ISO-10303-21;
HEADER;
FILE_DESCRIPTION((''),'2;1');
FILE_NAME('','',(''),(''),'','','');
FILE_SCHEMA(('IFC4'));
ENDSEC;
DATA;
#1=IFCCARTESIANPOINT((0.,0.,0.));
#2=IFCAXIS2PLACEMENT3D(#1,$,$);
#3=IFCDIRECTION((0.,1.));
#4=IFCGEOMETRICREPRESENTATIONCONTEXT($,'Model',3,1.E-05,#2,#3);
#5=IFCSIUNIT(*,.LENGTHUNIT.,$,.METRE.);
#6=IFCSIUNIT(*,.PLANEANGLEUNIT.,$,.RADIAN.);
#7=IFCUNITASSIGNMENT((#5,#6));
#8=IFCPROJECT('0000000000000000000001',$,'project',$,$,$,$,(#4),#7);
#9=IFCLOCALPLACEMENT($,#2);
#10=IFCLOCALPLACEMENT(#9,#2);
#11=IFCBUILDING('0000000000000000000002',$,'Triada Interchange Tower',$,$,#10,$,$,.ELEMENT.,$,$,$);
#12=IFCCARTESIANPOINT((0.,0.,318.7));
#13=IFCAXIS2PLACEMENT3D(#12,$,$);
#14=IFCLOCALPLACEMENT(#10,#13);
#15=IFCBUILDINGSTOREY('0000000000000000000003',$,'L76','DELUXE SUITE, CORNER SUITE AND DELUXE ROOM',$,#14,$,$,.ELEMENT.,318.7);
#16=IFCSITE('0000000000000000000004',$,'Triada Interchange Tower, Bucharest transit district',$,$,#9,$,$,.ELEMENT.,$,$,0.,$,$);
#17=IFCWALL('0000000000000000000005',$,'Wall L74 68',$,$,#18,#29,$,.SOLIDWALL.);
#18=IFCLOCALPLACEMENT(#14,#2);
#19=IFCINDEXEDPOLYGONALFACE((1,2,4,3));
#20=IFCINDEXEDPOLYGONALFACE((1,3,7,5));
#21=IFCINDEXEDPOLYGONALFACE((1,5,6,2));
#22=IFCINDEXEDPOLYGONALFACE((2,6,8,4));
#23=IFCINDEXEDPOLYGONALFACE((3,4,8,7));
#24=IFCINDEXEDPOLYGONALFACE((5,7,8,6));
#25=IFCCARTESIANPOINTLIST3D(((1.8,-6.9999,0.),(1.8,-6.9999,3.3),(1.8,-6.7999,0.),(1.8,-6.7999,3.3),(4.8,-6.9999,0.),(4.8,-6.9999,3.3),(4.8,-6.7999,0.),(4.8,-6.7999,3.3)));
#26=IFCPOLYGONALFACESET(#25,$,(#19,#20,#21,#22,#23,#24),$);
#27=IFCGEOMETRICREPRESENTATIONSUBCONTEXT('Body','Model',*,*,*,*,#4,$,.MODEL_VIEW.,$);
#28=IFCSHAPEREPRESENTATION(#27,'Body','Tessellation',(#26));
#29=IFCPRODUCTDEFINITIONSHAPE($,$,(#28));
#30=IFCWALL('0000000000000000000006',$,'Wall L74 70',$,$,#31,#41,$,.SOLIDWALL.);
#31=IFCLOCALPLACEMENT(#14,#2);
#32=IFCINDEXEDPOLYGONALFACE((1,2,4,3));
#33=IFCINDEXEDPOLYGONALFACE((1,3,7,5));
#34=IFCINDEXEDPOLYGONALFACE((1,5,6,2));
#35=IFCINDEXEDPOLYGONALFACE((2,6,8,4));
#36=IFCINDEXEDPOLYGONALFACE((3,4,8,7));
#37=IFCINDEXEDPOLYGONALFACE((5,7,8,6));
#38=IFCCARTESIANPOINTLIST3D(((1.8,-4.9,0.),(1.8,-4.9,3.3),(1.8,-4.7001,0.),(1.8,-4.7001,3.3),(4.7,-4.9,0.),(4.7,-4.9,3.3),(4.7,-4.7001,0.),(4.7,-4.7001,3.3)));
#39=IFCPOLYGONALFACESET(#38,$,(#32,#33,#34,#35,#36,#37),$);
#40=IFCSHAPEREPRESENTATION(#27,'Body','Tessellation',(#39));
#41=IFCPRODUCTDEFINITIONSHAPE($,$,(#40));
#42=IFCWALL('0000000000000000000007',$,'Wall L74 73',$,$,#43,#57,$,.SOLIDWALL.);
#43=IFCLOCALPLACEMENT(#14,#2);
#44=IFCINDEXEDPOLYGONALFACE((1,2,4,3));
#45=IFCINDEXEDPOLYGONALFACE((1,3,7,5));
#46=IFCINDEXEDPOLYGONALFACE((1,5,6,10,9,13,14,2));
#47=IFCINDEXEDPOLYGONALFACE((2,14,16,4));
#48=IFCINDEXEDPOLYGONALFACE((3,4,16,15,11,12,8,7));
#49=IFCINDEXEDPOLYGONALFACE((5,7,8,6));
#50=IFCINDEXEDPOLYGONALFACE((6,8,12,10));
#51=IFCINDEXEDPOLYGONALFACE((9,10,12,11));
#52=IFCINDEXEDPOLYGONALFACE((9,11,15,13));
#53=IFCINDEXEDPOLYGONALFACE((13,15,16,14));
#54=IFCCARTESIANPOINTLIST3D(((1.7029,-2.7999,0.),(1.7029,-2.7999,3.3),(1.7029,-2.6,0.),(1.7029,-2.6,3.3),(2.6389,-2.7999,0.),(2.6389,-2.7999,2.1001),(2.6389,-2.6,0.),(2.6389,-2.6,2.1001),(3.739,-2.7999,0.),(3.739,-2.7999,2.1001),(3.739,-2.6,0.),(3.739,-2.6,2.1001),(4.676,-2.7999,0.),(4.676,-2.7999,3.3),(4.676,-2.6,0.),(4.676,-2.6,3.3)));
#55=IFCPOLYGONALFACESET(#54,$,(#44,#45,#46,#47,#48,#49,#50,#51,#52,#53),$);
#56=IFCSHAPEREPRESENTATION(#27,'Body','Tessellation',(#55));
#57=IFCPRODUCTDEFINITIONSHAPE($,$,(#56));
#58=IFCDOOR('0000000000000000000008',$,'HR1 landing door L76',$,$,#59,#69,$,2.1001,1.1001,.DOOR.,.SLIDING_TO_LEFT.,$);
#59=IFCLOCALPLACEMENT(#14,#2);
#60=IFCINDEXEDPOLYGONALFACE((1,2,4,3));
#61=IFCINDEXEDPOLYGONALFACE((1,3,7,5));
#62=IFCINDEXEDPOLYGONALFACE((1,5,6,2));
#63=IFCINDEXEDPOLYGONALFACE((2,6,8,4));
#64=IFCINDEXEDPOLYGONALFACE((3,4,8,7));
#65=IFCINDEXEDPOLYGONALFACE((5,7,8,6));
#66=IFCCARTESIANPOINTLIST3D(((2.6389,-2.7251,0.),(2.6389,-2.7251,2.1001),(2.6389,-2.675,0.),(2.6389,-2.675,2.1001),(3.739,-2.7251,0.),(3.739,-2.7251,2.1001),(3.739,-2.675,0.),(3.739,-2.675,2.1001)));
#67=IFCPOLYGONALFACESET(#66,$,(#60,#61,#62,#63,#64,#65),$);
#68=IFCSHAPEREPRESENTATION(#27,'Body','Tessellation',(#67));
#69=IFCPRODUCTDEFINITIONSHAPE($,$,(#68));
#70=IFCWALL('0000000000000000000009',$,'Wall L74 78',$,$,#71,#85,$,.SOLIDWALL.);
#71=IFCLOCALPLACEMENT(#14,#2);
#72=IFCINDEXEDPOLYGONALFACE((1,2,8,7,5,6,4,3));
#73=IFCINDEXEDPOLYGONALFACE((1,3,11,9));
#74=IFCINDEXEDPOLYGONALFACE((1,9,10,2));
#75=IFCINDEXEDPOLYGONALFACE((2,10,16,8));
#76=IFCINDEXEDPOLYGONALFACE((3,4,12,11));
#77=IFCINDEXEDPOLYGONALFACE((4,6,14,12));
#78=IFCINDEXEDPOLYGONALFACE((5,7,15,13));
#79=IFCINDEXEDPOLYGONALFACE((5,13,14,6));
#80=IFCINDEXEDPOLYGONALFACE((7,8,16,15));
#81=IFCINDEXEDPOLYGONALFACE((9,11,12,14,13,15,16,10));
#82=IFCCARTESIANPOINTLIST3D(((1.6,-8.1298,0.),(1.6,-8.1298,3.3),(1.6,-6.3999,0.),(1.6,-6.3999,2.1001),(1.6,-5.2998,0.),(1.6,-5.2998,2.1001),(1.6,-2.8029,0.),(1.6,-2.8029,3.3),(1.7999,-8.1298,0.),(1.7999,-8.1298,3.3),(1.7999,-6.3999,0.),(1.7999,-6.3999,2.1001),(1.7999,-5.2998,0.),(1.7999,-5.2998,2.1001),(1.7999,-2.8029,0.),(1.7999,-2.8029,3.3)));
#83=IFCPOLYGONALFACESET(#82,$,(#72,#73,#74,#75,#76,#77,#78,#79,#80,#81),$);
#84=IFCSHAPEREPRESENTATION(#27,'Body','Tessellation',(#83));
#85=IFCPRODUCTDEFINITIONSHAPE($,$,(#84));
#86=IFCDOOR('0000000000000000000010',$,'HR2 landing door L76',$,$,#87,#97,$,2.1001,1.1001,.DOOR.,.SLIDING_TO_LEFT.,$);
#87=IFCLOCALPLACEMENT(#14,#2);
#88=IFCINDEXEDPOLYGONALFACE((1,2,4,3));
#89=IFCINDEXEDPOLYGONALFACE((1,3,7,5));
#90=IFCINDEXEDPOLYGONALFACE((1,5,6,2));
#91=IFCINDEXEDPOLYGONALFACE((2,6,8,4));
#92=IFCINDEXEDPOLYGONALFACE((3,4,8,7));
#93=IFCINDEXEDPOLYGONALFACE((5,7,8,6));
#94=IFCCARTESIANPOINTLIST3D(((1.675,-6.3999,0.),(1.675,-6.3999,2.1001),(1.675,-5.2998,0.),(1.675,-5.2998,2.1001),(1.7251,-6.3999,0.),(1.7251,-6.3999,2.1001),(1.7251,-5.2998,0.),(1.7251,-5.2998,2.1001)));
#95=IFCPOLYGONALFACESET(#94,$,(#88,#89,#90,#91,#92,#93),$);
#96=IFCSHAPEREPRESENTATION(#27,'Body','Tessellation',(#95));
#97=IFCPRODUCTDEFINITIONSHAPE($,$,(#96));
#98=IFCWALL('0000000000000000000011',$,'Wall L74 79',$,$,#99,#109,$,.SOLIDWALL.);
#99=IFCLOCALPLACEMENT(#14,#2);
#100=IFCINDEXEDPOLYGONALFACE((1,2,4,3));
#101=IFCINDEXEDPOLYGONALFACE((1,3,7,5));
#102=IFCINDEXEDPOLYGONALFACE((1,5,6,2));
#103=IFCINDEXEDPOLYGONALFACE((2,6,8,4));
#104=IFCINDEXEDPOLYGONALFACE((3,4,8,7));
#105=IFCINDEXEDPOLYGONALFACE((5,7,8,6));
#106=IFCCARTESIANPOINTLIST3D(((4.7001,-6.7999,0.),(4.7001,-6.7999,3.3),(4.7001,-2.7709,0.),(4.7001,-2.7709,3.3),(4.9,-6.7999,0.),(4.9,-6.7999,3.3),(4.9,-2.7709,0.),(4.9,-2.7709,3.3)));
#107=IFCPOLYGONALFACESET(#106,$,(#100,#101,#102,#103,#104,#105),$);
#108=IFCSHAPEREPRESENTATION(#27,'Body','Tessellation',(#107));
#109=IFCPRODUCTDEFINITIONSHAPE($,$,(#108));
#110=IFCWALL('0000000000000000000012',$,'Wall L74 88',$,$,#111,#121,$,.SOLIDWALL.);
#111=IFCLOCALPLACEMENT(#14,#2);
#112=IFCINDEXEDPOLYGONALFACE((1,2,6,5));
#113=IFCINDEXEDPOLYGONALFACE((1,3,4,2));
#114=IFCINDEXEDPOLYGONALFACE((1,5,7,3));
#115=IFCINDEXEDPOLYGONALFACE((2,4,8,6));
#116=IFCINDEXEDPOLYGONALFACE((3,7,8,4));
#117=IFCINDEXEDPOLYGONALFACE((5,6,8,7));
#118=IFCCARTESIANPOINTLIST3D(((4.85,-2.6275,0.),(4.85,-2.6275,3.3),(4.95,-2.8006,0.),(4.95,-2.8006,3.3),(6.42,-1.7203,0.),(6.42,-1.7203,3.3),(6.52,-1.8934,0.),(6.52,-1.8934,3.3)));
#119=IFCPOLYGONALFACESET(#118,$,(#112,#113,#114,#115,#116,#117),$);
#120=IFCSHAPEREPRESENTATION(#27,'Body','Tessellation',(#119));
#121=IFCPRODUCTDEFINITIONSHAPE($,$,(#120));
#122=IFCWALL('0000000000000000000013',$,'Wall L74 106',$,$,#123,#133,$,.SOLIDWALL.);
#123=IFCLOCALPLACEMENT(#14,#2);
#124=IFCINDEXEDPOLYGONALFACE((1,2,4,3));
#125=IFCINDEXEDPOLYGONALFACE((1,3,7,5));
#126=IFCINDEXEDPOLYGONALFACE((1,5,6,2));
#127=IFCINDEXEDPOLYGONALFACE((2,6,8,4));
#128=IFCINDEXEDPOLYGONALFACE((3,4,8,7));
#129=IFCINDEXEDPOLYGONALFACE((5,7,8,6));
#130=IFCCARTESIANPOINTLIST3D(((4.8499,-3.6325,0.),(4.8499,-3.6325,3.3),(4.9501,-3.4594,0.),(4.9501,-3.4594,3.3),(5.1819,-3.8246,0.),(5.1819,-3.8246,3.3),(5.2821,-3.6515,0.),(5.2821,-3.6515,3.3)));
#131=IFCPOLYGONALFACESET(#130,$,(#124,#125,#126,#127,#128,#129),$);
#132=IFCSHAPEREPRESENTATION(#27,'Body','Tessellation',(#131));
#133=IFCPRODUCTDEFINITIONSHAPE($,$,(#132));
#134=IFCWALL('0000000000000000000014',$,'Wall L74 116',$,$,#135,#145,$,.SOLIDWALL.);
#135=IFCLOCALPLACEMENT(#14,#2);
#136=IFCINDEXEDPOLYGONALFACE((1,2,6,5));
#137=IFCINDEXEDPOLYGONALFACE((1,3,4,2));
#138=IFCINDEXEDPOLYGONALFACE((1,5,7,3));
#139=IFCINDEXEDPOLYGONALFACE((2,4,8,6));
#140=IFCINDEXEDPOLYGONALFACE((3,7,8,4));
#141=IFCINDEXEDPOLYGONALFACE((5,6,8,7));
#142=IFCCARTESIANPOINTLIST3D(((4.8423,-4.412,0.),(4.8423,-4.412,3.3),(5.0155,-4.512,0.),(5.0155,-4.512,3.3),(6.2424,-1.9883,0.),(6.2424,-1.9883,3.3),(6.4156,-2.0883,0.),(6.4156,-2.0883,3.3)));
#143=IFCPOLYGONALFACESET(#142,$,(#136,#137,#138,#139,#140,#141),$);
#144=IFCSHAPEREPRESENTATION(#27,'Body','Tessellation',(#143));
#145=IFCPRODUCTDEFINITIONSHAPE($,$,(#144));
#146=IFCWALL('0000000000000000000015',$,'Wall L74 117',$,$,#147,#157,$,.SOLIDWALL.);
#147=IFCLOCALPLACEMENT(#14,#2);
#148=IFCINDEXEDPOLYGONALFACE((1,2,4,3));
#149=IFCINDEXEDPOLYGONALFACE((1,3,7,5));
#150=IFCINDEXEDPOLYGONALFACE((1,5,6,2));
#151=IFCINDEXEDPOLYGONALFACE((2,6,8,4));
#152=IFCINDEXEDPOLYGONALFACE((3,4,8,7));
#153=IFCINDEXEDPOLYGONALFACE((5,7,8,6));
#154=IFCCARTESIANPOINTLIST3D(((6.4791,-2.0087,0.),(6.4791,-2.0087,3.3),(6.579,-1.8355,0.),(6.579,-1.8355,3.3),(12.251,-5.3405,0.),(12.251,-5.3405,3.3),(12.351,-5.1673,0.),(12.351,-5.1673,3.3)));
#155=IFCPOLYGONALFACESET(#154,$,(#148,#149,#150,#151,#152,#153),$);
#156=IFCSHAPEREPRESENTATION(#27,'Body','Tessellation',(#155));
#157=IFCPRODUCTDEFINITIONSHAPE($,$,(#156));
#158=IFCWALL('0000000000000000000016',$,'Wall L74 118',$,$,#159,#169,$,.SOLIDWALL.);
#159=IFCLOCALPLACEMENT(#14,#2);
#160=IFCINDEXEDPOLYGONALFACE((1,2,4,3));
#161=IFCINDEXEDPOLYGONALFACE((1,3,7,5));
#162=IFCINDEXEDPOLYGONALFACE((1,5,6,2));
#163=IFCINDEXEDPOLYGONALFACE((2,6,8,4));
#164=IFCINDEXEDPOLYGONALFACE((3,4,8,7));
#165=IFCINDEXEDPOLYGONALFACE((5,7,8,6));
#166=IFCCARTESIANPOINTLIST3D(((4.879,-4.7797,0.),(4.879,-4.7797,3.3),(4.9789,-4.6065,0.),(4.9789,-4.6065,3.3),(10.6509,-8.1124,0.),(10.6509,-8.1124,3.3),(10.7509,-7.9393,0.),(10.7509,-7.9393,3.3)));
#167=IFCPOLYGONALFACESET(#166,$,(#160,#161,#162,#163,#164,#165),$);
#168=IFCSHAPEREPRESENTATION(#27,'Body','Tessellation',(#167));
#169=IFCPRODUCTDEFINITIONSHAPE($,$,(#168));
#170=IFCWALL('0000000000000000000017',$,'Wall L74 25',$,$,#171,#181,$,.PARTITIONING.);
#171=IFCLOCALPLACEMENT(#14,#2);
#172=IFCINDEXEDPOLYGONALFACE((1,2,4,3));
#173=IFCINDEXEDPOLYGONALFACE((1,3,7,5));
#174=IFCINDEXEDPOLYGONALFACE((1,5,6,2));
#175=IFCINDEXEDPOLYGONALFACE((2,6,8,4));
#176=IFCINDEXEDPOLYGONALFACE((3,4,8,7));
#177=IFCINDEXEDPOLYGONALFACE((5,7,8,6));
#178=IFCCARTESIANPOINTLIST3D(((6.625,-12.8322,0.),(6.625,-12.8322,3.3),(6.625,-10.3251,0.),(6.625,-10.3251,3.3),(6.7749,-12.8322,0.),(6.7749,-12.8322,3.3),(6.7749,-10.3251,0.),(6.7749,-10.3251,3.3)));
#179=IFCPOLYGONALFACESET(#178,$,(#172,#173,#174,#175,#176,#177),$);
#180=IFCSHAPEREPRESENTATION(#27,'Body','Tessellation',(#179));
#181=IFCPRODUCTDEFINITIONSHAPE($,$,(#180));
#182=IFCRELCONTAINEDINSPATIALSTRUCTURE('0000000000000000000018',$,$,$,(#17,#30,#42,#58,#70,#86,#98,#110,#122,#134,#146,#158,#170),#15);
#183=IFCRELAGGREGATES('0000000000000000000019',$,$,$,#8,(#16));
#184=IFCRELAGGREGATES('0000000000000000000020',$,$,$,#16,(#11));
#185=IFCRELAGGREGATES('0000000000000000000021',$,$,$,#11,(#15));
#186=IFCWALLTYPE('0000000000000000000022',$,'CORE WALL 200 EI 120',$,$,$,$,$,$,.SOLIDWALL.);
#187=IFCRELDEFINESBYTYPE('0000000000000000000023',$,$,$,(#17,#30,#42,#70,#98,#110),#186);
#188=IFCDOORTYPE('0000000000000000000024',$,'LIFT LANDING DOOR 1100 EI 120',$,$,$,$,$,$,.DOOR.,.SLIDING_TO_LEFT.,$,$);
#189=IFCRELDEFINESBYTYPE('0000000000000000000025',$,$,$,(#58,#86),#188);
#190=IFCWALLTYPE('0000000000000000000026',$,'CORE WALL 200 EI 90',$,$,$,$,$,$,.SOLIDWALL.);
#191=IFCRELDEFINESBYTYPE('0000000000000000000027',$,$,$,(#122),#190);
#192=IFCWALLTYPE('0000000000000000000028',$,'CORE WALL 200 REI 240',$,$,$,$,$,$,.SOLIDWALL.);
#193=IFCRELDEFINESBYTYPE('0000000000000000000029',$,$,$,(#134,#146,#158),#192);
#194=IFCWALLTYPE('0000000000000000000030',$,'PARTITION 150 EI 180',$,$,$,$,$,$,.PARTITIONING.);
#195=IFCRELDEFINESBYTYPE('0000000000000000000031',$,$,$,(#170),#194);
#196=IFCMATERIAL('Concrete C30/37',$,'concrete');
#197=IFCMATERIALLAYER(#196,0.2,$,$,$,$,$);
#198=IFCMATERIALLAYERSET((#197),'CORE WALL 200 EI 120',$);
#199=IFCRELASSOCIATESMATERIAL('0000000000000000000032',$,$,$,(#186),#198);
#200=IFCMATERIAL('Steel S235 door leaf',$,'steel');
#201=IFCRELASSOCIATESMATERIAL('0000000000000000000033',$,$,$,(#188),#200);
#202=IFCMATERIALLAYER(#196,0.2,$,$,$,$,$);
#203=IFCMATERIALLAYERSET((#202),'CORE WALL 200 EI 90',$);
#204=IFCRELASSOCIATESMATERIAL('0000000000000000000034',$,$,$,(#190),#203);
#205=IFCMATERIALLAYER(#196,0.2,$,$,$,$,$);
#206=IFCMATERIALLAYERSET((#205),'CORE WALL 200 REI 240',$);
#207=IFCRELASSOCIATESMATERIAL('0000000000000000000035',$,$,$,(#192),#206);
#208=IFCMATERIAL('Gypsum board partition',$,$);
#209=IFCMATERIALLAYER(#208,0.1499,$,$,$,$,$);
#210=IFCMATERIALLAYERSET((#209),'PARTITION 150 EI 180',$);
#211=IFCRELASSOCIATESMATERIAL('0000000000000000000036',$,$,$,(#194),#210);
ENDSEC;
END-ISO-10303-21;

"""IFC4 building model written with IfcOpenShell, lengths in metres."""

from ifc_helpers import new_model, si_unit, direction, frame, frame_2d, origin, place, context, subcontext, project, spatial, rectangle, extrude, material, layer, layer_set, type_object, element, fill, save


model = new_model("IFC4")

# Units and contexts
model_context = context("Model", 3, precision=1e-05, world=origin(), true_north=direction((0.0, 1.0)))
body_context = subcontext(model_context, "Body", "Model", "MODEL_VIEW")
ifc_project = project(units=[si_unit("LENGTHUNIT", "METRE"), si_unit("PLANEANGLEUNIT", "RADIAN")], contexts=[model_context])

# Site, building, storey
site_placement = place(None, origin())
site = spatial("IfcSite", under=ifc_project, at=site_placement, Name="Triada Interchange Tower, Bucharest transit district", CompositionType="ELEMENT", RefElevation=0.0)
building_placement = place(site_placement, origin())
building = spatial("IfcBuilding", under=site, at=building_placement, Name="Triada Interchange Tower", CompositionType="ELEMENT")
storey_placement = place(building_placement, frame((0.0, 0.0, 318.7)))
storey = spatial("IfcBuildingStorey", under=building, at=storey_placement, Name="L76", Description="DELUXE SUITE, CORNER SUITE AND DELUXE ROOM", CompositionType="ELEMENT", Elevation=318.7)

# Walls
ifc_material_1 = material(Name="Concrete C30/37", Category="concrete")
ifc_layer_1 = layer(ifc_material_1, 0.2)
ifc_layer_set_1 = layer_set([ifc_layer_1], Name="CORE WALL 200 EI 120")
wall_type_1 = type_object("IfcWallType", Name="CORE WALL 200 EI 120", PredefinedType="SOLIDWALL", material=ifc_layer_set_1)
wall_1_placement = place(storey_placement, frame((1.8, -6.8999, 0.0), z_axis=(0.0, 0.0, 1.0), x_axis=(1.0, 0.0, 0.0)))
element("IfcWall", 1, at=wall_1_placement, inside=storey, type_object=wall_type_1, Name="Wall L74 68", PredefinedType="SOLIDWALL", context=body_context, shape_type="SweptSolid", body=[
    extrude(rectangle(XDim=3.0, YDim=0.2, at=frame_2d((1.5, 0.0))), origin(), (0.0, 0.0, 1.0), 3.3),
])
wall_2_placement = place(storey_placement, frame((1.8, -4.8, 0.0), z_axis=(0.0, 0.0, 1.0), x_axis=(1.0, 0.0, 0.0)))
element("IfcWall", 2, at=wall_2_placement, inside=storey, type_object=wall_type_1, Name="Wall L74 70", PredefinedType="SOLIDWALL", context=body_context, shape_type="SweptSolid", body=[
    extrude(rectangle(XDim=2.8999, YDim=0.2, at=frame_2d((1.45, 0.0))), origin(), (0.0, 0.0, 1.0), 3.3),
])

# Walls, openings, doors
wall_3_placement = place(storey_placement, frame((1.7029, -2.7, 0.0), z_axis=(0.0, 0.0, 1.0), x_axis=(1.0, 0.0, 0.0)))
wall_3 = element("IfcWall", 3, at=wall_3_placement, inside=storey, type_object=wall_type_1, Name="Wall L74 73", PredefinedType="SOLIDWALL", context=body_context, shape_type="SweptSolid", body=[
    extrude(rectangle(XDim=2.9731, YDim=0.2, at=frame_2d((1.4866, 0.0))), origin(), (0.0, 0.0, 1.0), 3.3),
])
opening_1_placement = place(wall_3_placement, frame((0.936, 0.0, 0.0)))
opening_1 = element("IfcOpeningElement", 4, at=opening_1_placement, cuts=wall_3, PredefinedType="OPENING", context=body_context, shape_type="SweptSolid", body=[
    extrude(rectangle(XDim=1.1001, YDim=2.1001, at=frame_2d((0.55, 1.05))), frame((0.0, 0.1099, 0.0), z_axis=(0.0, -1.0, 0.0), x_axis=(1.0, 0.0, 0.0)), (0.0, 0.0, 1.0), 0.22),
])
ifc_material_2 = material(Name="Steel S235 door leaf", Category="steel")
door_type = type_object("IfcDoorType", Name="LIFT LANDING DOOR 1100 EI 120", OperationType="SLIDING_TO_LEFT", PredefinedType="DOOR", material=ifc_material_2)
door_1_placement = place(opening_1_placement, origin())
door_1 = element("IfcDoor", 5, at=door_1_placement, inside=storey, type_object=door_type, Name="HR1 landing door L76", OperationType="SLIDING_TO_LEFT", OverallHeight=2.1001, OverallWidth=1.1001, PredefinedType="DOOR", context=body_context, shape_type="SweptSolid", body=[
    extrude(rectangle(XDim=1.1001, YDim=2.1001, at=frame_2d((0.55, 1.05))), frame((0.0, 0.0249, 0.0), z_axis=(0.0, -1.0, 0.0), x_axis=(1.0, 0.0, 0.0)), (0.0, 0.0, 1.0), 0.05),
])
fill(opening_1, door_1)
wall_4_placement = place(storey_placement, frame((1.7, -8.1299, 0.0), z_axis=(0.0, 0.0, 1.0), x_axis=(0.0, 1.0, 0.0)))
wall_4 = element("IfcWall", 6, at=wall_4_placement, inside=storey, type_object=wall_type_1, Name="Wall L74 78", PredefinedType="SOLIDWALL", context=body_context, shape_type="SweptSolid", body=[
    extrude(rectangle(XDim=5.3269, YDim=0.2, at=frame_2d((2.6636, 0.0))), origin(), (0.0, 0.0, 1.0), 3.3),
])
opening_2_placement = place(wall_4_placement, frame((1.73, 0.0, 0.0)))
opening_2 = element("IfcOpeningElement", 7, at=opening_2_placement, cuts=wall_4, PredefinedType="OPENING", context=body_context, shape_type="SweptSolid", body=[
    extrude(rectangle(XDim=1.1001, YDim=2.1001, at=frame_2d((0.55, 1.05))), frame((0.0, 0.1099, 0.0), z_axis=(0.0, -1.0, 0.0), x_axis=(1.0, 0.0, 0.0)), (0.0, 0.0, 1.0), 0.22),
])
door_2_placement = place(opening_2_placement, origin())
door_2 = element("IfcDoor", 8, at=door_2_placement, inside=storey, type_object=door_type, Name="HR2 landing door L76", OperationType="SLIDING_TO_LEFT", OverallHeight=2.1001, OverallWidth=1.1001, PredefinedType="DOOR", context=body_context, shape_type="SweptSolid", body=[
    extrude(rectangle(XDim=1.1001, YDim=2.1001, at=frame_2d((0.55, 1.05))), frame((0.0, 0.0249, 0.0), z_axis=(0.0, -1.0, 0.0), x_axis=(1.0, 0.0, 0.0)), (0.0, 0.0, 1.0), 0.05),
])
fill(opening_2, door_2)

# Walls
wall_5_placement = place(storey_placement, frame((4.8, -6.8, 0.0), z_axis=(0.0, 0.0, 1.0), x_axis=(0.0, 1.0, 0.0)))
element("IfcWall", 9, at=wall_5_placement, inside=storey, type_object=wall_type_1, Name="Wall L74 79", PredefinedType="SOLIDWALL", context=body_context, shape_type="SweptSolid", body=[
    extrude(rectangle(XDim=4.0291, YDim=0.2, at=frame_2d((2.0146, 0.0))), origin(), (0.0, 0.0, 1.0), 3.3),
])
wall_6_placement = place(storey_placement, frame((4.8999, -2.7141, 0.0), z_axis=(0.0, 0.0, 1.0), x_axis=(0.865847, 0.500309, 0.0)))
element("IfcWall", 10, at=wall_6_placement, inside=storey, type_object=wall_type_1, Name="Wall L74 88", PredefinedType="SOLIDWALL", context=body_context, shape_type="SweptSolid", body=[
    extrude(rectangle(XDim=1.8132, YDim=0.2, at=frame_2d((0.9067, 0.0))), origin(), (0.0, 0.0, 1.0), 3.3),
])
ifc_layer_2 = layer(ifc_material_1, 0.2)
ifc_layer_set_2 = layer_set([ifc_layer_2], Name="CORE WALL 200 EI 90")
wall_type_2 = type_object("IfcWallType", Name="CORE WALL 200 EI 90", PredefinedType="SOLIDWALL", material=ifc_layer_set_2)
wall_7_placement = place(storey_placement, frame((4.8999, -3.5459, 0.0), z_axis=(0.0, 0.0, 1.0), x_axis=(0.865528, -0.500861, 0.0)))
element("IfcWall", 11, at=wall_7_placement, inside=storey, type_object=wall_type_2, Name="Wall L74 106", PredefinedType="SOLIDWALL", context=body_context, shape_type="SweptSolid", body=[
    extrude(rectangle(XDim=0.3835, YDim=0.2, at=frame_2d((0.1919, 0.0))), origin(), (0.0, 0.0, 1.0), 3.3),
])
ifc_layer_3 = layer(ifc_material_1, 0.2)
ifc_layer_set_3 = layer_set([ifc_layer_3], Name="CORE WALL 200 REI 240")
wall_type_3 = type_object("IfcWallType", Name="CORE WALL 200 REI 240", PredefinedType="SOLIDWALL", material=ifc_layer_set_3)
wall_8_placement = place(storey_placement, frame((4.929, -4.4619, 0.0), z_axis=(0.0, 0.0, 1.0), x_axis=(0.500201, 0.86591, 0.0)))
element("IfcWall", 12, at=wall_8_placement, inside=storey, type_object=wall_type_3, Name="Wall L74 116", PredefinedType="SOLIDWALL", context=body_context, shape_type="SweptSolid", body=[
    extrude(rectangle(XDim=2.7991, YDim=0.2, at=frame_2d((1.3994, 0.0))), origin(), (0.0, 0.0, 1.0), 3.3),
])
wall_9_placement = place(storey_placement, frame((6.5291, -1.9221, 0.0), z_axis=(0.0, 0.0, 1.0), x_axis=(0.866068, -0.499925, 0.0)))
element("IfcWall", 13, at=wall_9_placement, inside=storey, type_object=wall_type_3, Name="Wall L74 117", PredefinedType="SOLIDWALL", context=body_context, shape_type="SweptSolid", body=[
    extrude(rectangle(XDim=6.6646, YDim=0.2, at=frame_2d((3.3323, 0.0))), origin(), (0.0, 0.0, 1.0), 3.3),
])
wall_10_placement = place(storey_placement, frame((4.929, -4.6931, 0.0), z_axis=(0.0, 0.0, 1.0), x_axis=(0.866005, -0.500035, 0.0)))
element("IfcWall", 14, at=wall_10_placement, inside=storey, type_object=wall_type_3, Name="Wall L74 118", PredefinedType="SOLIDWALL", context=body_context, shape_type="SweptSolid", body=[
    extrude(rectangle(XDim=6.665, YDim=0.2, at=frame_2d((3.3325, 0.0))), origin(), (0.0, 0.0, 1.0), 3.3),
])
ifc_material_3 = material(Name="Gypsum board partition")
ifc_layer_4 = layer(ifc_material_3, 0.1499)
ifc_layer_set_4 = layer_set([ifc_layer_4], Name="PARTITION 150 EI 180")
wall_type_4 = type_object("IfcWallType", Name="PARTITION 150 EI 180", PredefinedType="PARTITIONING", material=ifc_layer_set_4)
for number, where, z_axis, x_axis, name in (
    (15, (6.7, -12.832, 0.0), (0.0, 0.0, 1.0), (0.0, 1.0, 0.0), "Wall L74 25"),
):
    element("IfcWall", number, at=place(storey_placement, frame(where, z_axis=z_axis, x_axis=x_axis)), inside=storey, type_object=wall_type_4, Name=name, PredefinedType="PARTITIONING", context=body_context, shape_type="SweptSolid", body=[
        extrude(rectangle(XDim=2.5071, YDim=0.1499, at=frame_2d((1.2534, 0.0))), origin(), (0.0, 0.0, 1.0), 3.3),
    ])

save(model, "model.ifc")
